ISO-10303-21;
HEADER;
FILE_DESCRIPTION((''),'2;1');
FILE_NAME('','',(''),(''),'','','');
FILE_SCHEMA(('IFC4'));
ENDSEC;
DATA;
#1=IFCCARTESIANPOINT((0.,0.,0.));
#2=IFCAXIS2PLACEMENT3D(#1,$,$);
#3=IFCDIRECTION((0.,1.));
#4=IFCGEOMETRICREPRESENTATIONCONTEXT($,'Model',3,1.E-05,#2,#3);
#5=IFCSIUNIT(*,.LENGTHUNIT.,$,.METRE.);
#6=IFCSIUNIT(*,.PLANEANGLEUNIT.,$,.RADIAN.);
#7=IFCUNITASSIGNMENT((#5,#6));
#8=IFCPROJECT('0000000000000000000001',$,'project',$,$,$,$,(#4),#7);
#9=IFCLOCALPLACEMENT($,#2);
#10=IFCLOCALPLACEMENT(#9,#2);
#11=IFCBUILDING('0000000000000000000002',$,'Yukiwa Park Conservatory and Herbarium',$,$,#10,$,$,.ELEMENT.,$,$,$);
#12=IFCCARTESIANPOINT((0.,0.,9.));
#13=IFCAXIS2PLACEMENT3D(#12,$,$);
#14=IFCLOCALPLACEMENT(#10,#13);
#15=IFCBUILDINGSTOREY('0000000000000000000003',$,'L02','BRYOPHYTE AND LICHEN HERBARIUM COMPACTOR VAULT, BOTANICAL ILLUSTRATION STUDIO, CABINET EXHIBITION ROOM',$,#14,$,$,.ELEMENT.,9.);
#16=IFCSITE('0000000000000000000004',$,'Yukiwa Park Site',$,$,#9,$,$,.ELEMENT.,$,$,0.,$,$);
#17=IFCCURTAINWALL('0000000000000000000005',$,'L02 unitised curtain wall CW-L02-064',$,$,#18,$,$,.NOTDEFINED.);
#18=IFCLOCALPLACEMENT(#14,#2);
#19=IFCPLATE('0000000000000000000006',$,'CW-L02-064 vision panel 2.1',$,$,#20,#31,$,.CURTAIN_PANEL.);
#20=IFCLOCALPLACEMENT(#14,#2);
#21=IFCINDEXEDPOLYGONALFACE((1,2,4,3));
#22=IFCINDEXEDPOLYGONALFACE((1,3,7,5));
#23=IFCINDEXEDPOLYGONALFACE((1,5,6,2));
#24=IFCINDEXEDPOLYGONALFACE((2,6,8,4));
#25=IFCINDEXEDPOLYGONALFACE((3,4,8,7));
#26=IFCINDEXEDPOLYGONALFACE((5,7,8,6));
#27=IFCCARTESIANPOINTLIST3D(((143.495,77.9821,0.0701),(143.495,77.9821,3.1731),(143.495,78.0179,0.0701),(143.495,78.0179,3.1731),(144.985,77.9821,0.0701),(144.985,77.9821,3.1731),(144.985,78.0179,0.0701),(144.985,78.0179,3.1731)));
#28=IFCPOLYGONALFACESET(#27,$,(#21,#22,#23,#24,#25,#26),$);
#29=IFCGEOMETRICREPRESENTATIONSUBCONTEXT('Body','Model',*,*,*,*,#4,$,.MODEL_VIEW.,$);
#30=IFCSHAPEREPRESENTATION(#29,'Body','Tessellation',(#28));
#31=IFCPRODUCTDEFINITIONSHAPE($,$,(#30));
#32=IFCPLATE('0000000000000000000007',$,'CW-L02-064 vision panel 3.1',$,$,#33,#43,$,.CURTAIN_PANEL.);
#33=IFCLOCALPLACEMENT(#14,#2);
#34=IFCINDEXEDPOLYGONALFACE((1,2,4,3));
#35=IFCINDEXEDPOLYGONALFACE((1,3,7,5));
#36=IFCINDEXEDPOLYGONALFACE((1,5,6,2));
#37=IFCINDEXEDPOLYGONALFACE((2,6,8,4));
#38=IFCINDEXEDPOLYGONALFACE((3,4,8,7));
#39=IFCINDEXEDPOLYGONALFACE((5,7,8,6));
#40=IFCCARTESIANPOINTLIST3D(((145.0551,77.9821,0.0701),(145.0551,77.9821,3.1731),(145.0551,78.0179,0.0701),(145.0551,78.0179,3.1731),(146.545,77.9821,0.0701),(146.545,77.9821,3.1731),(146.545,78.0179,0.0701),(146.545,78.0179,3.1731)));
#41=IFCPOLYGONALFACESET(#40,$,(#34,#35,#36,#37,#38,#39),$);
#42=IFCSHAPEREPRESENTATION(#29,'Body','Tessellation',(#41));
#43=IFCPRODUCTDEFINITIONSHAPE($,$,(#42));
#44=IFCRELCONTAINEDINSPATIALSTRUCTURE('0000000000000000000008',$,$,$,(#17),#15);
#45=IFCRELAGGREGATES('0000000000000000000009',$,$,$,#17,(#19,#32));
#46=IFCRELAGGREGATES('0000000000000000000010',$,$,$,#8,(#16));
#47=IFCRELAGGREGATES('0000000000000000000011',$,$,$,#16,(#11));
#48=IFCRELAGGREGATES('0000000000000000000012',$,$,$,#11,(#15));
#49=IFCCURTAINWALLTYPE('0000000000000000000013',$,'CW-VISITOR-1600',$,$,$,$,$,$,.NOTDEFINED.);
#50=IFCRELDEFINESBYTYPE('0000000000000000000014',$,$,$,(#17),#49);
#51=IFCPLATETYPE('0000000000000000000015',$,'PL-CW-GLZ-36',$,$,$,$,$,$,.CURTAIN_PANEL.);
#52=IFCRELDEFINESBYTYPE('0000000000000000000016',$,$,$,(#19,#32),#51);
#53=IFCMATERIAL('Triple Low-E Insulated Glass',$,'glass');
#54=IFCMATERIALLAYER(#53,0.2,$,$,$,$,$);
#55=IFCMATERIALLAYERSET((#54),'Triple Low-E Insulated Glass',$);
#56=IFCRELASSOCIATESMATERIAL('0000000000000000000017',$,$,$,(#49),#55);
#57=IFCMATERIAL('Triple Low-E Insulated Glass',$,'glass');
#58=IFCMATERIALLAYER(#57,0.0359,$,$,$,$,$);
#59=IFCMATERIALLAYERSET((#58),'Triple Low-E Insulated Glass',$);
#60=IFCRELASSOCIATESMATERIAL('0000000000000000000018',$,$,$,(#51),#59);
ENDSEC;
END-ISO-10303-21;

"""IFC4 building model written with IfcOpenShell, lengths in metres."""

from ifc_helpers import new_model, si_unit, direction, frame, origin, origin_2d, place, context, subcontext, project, spatial, rectangle, extrude, material, layer, layer_set, type_object, element, aggregate, save


model = new_model("IFC4")

# Units and contexts
model_context = context("Model", 3, precision=1e-05, world=origin(), true_north=direction((0.0, 1.0)))
body_context = subcontext(model_context, "Body", "Model", "MODEL_VIEW")
ifc_project = project(units=[si_unit("LENGTHUNIT", "METRE"), si_unit("PLANEANGLEUNIT", "RADIAN")], contexts=[model_context])

# Site, building, storey
site_placement = place(None, origin())
site = spatial("IfcSite", under=ifc_project, at=site_placement, Name="Yukiwa Park Site", CompositionType="ELEMENT", RefElevation=0.0)
building_placement = place(site_placement, origin())
building = spatial("IfcBuilding", under=site, at=building_placement, Name="Yukiwa Park Conservatory and Herbarium", CompositionType="ELEMENT")
storey_placement = place(building_placement, frame((0.0, 0.0, 9.0)))
storey = spatial("IfcBuildingStorey", under=building, at=storey_placement, Name="L02", Description="BRYOPHYTE AND LICHEN HERBARIUM COMPACTOR VAULT, BOTANICAL ILLUSTRATION STUDIO, CABINET EXHIBITION ROOM", CompositionType="ELEMENT", Elevation=9.0)

# Shared definitions
ifc_material_1 = material(Name="Triple Low-E Insulated Glass", Category="glass")
ifc_layer_1 = layer(ifc_material_1, 0.2)
ifc_layer_set_1 = layer_set([ifc_layer_1], Name="Triple Low-E Insulated Glass")
curtain_wall_type = type_object("IfcCurtainWallType", Name="CW-VISITOR-1600", PredefinedType="NOTDEFINED", material=ifc_layer_set_1)

# Curtain wall
curtain_wall_1_placement = place(storey_placement, origin())
curtain_wall_1 = element("IfcCurtainWall", 1, at=curtain_wall_1_placement, inside=storey, type_object=curtain_wall_type, Name="L02 unitised curtain wall CW-L02-064", PredefinedType="NOTDEFINED")

# Plates
ifc_material_2 = material(Name="Triple Low-E Insulated Glass", Category="glass")
ifc_layer_2 = layer(ifc_material_2, 0.0359)
ifc_layer_set_2 = layer_set([ifc_layer_2], Name="Triple Low-E Insulated Glass")
plate_type = type_object("IfcPlateType", Name="PL-CW-GLZ-36", PredefinedType="CURTAIN_PANEL", material=ifc_layer_set_2)
plate_1_placement = place(storey_placement, frame((144.24, 78.0, 0.0701), z_axis=(0.0, 0.0, 1.0), x_axis=(1.0, 0.0, 0.0)))
plate_1 = element("IfcPlate", 2, at=plate_1_placement, type_object=plate_type, Name="CW-L02-064 vision panel 2.1", PredefinedType="CURTAIN_PANEL", context=body_context, shape_type="SweptSolid", body=[
    extrude(rectangle(XDim=1.49, YDim=0.0359, at=origin_2d()), origin(), (0.0, 0.0, 1.0), 3.103),
])
plate_2_placement = place(storey_placement, frame((145.8, 78.0, 0.0701), z_axis=(0.0, 0.0, 1.0), x_axis=(1.0, 0.0, 0.0)))
plate_2 = element("IfcPlate", 3, at=plate_2_placement, type_object=plate_type, Name="CW-L02-064 vision panel 3.1", PredefinedType="CURTAIN_PANEL", context=body_context, shape_type="SweptSolid", body=[
    extrude(rectangle(XDim=1.49, YDim=0.0359, at=origin_2d()), origin(), (0.0, 0.0, 1.0), 3.103),
])
aggregate(curtain_wall_1, [plate_1, plate_2])

save(model, "model.ifc")
